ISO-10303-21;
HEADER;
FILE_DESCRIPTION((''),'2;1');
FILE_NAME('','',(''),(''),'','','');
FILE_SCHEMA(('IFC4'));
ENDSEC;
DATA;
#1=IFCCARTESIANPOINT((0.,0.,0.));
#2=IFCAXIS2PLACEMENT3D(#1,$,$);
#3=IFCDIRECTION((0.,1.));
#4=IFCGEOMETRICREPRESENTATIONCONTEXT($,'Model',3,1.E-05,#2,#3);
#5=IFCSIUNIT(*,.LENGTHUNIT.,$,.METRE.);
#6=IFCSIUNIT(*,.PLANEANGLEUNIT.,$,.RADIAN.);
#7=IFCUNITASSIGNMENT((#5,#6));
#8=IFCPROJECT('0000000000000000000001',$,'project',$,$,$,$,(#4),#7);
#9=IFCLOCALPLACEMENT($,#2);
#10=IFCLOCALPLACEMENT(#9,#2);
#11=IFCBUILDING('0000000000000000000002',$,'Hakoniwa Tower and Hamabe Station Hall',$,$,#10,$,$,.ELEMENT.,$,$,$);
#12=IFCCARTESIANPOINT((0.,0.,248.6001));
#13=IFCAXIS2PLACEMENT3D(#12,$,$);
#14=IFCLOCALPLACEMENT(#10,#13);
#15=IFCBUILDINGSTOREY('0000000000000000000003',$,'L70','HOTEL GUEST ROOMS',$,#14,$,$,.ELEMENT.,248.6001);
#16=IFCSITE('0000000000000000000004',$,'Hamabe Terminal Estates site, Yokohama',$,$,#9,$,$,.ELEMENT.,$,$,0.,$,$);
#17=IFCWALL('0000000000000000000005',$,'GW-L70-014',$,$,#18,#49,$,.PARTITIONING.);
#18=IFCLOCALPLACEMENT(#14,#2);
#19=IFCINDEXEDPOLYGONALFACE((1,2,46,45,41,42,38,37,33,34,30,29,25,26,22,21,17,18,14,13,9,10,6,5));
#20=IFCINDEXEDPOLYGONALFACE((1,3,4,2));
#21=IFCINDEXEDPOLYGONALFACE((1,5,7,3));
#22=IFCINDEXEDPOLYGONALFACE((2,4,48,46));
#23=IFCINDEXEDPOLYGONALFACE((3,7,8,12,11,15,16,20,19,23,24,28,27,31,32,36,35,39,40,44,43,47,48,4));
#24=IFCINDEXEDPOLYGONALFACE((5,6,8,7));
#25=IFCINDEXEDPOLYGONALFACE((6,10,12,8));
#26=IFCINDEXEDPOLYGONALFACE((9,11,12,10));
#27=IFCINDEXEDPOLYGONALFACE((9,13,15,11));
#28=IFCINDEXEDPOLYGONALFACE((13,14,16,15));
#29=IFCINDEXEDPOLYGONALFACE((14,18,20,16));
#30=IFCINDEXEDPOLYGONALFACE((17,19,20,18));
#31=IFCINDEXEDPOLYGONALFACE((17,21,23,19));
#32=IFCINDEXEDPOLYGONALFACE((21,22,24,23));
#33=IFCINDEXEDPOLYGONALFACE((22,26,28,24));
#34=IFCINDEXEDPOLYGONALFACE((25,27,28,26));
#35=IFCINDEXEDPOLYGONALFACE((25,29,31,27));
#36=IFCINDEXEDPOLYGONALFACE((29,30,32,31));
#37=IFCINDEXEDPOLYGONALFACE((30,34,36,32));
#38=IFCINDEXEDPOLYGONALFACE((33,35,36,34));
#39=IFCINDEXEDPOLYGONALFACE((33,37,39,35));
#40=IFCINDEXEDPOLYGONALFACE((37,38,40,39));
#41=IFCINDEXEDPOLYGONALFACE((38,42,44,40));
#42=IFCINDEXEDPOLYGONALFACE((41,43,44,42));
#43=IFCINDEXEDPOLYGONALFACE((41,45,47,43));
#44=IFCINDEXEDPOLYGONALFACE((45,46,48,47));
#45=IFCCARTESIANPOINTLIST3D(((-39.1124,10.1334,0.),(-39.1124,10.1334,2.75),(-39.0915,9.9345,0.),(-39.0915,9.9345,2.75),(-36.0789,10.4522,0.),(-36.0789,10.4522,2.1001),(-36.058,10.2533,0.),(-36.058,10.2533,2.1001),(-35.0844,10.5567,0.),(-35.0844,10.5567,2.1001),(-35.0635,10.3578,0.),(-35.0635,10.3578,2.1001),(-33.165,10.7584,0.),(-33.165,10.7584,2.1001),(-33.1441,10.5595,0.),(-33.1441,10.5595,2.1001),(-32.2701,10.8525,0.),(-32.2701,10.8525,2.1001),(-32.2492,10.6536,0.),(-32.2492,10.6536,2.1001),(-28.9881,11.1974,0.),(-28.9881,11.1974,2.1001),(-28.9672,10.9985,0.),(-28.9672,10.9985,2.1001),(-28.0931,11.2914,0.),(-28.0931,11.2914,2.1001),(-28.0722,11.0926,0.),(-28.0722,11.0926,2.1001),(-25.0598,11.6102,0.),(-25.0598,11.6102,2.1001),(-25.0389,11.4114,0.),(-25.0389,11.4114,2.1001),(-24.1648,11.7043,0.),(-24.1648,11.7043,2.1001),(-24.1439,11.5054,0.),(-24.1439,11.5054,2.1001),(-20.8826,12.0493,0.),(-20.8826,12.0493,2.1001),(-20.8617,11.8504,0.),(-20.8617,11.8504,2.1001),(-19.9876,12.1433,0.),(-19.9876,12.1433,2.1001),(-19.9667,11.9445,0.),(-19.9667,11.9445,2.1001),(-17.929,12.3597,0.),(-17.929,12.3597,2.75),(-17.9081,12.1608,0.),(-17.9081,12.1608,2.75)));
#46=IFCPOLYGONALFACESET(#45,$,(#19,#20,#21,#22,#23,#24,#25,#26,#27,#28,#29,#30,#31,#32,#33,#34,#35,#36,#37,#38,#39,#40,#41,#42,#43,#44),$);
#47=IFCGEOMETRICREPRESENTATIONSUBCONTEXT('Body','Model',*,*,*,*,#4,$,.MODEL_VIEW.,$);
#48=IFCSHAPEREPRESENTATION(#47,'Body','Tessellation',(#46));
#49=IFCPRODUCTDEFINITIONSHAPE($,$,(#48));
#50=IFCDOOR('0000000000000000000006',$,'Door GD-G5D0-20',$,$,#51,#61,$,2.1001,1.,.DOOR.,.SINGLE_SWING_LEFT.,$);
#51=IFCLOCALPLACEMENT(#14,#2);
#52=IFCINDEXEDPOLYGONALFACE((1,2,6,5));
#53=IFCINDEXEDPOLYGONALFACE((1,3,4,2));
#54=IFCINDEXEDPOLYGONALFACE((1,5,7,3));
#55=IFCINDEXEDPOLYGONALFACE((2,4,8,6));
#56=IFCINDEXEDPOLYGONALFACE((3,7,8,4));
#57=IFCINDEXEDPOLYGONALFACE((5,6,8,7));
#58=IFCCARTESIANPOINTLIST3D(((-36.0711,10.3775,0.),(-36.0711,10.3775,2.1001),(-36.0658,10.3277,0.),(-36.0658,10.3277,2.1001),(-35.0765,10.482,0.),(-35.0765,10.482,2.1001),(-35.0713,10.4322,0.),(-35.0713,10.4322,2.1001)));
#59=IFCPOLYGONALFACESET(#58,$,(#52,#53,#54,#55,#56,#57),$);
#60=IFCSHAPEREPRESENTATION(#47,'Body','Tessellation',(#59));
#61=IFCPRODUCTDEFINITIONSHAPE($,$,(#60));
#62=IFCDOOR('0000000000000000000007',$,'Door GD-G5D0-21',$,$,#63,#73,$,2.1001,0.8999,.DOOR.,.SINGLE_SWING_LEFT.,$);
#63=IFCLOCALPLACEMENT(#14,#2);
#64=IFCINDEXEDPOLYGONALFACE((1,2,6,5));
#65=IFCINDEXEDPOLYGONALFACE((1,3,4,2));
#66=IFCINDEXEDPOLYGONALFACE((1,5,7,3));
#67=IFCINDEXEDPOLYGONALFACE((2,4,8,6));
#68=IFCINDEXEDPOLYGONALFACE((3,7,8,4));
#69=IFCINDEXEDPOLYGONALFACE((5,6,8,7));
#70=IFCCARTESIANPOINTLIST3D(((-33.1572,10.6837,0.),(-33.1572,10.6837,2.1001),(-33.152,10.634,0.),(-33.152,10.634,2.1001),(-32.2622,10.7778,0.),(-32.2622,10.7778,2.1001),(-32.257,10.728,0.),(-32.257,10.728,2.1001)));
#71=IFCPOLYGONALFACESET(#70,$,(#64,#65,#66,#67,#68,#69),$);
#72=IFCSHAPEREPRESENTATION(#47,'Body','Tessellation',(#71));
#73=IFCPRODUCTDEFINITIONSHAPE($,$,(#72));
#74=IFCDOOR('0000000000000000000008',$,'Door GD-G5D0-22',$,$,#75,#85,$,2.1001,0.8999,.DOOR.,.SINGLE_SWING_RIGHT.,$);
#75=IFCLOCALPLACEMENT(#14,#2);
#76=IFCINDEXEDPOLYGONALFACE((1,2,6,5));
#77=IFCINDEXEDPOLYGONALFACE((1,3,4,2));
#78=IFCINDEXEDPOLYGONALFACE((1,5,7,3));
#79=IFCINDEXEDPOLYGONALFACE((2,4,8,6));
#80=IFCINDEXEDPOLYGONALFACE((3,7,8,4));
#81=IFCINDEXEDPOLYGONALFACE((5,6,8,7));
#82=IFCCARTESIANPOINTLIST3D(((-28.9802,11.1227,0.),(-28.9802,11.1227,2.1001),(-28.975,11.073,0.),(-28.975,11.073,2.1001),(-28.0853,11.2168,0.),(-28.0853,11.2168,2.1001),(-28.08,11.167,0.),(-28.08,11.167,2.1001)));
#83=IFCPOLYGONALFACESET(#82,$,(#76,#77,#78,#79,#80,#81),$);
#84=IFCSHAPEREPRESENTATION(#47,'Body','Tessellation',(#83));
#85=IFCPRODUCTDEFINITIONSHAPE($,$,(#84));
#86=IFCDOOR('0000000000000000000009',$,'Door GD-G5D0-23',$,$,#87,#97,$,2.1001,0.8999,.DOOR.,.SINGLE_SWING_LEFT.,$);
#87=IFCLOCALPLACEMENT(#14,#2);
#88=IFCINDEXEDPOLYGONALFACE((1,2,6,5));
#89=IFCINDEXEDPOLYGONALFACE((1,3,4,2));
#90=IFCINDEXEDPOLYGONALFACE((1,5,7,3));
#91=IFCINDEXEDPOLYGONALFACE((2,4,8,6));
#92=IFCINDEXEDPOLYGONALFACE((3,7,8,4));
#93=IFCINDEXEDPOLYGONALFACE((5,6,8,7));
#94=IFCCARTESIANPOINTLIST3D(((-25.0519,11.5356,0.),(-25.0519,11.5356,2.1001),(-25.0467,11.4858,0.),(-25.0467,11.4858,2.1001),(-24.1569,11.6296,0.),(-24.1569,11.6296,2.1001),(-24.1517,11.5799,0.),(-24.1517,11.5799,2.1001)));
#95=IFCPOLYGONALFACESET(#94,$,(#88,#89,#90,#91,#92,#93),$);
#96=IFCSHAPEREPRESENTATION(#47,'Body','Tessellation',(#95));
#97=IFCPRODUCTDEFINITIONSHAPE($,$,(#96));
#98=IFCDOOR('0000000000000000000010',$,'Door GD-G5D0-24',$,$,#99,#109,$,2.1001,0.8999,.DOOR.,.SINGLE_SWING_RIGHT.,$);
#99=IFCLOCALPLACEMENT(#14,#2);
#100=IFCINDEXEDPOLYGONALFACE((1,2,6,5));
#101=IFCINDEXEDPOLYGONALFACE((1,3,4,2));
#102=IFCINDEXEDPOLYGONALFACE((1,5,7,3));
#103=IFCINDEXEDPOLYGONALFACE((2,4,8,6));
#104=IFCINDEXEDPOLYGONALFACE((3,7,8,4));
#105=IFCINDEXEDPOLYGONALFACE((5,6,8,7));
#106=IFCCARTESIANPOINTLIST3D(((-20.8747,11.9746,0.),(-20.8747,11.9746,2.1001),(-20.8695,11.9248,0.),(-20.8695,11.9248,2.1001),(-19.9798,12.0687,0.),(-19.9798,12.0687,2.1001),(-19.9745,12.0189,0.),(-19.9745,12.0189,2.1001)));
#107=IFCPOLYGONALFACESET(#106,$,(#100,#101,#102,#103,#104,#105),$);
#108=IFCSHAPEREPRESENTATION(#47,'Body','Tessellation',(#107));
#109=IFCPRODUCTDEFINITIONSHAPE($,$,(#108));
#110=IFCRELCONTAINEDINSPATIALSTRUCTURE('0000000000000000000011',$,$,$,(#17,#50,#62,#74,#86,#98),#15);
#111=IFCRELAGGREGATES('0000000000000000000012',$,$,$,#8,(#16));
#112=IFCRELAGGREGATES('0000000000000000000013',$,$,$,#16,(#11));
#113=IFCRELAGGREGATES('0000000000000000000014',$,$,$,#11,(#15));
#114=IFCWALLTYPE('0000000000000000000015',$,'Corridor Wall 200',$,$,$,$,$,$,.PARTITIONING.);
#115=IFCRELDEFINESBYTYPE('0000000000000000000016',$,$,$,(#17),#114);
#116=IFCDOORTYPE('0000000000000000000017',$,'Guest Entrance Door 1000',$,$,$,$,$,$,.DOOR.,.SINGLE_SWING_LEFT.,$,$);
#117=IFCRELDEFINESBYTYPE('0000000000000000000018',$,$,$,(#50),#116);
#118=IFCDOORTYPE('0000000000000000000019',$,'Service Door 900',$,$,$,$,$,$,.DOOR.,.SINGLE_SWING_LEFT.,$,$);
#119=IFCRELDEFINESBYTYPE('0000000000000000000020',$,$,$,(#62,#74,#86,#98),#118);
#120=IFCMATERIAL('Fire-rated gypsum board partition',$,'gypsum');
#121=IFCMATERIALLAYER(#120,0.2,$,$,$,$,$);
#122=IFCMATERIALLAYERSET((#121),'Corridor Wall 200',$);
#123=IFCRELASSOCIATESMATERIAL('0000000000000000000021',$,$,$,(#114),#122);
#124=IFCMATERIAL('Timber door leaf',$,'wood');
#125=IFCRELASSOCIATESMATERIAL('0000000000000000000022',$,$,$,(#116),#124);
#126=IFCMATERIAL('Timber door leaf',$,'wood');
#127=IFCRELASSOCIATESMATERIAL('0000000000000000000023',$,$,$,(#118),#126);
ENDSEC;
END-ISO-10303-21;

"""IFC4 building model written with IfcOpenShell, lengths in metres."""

from ifc_helpers import new_model, si_unit, direction, frame, frame_2d, origin, place, context, subcontext, project, spatial, rectangle, extrude, material, layer, layer_set, type_object, element, fill, save


model = new_model("IFC4")

# Units and contexts
model_context = context("Model", 3, precision=1e-05, world=origin(), true_north=direction((0.0, 1.0)))
body_context = subcontext(model_context, "Body", "Model", "MODEL_VIEW")
ifc_project = project(units=[si_unit("LENGTHUNIT", "METRE"), si_unit("PLANEANGLEUNIT", "RADIAN")], contexts=[model_context])

# Site, building, storey
site_placement = place(None, origin())
site = spatial("IfcSite", under=ifc_project, at=site_placement, Name="Hamabe Terminal Estates site, Yokohama", CompositionType="ELEMENT", RefElevation=0.0)
building_placement = place(site_placement, origin())
building = spatial("IfcBuilding", under=site, at=building_placement, Name="Hakoniwa Tower and Hamabe Station Hall", CompositionType="ELEMENT")
storey_placement = place(building_placement, frame((0.0, 0.0, 248.6001)))
storey = spatial("IfcBuildingStorey", under=building, at=storey_placement, Name="L70", Description="HOTEL GUEST ROOMS", CompositionType="ELEMENT", Elevation=248.6001)

# Wall, openings, doors
ifc_material_1 = material(Name="Fire-rated gypsum board partition", Category="gypsum")
ifc_layer_1 = layer(ifc_material_1, 0.2)
ifc_layer_set_1 = layer_set([ifc_layer_1], Name="Corridor Wall 200")
wall_type_1 = type_object("IfcWallType", Name="Corridor Wall 200", PredefinedType="PARTITIONING", material=ifc_layer_set_1)
wall_1_placement = place(storey_placement, frame((-39.1018, 10.0339, 0.0), z_axis=(0.0, 0.0, 1.0), x_axis=(0.994523, 0.104522, 0.0)))
wall_1 = element("IfcWall", 1, at=wall_1_placement, inside=storey, type_object=wall_type_1, Name="GW-L70-014", PredefinedType="PARTITIONING", context=body_context, shape_type="SweptSolid", body=[
    extrude(rectangle(XDim=21.3, YDim=0.2, at=frame_2d((10.6499, 0.0))), origin(), (0.0, 0.0, 1.0), 2.75),
])
opening_1_placement = place(wall_1_placement, frame((3.05, 0.0, 0.0)))
opening_1 = element("IfcOpeningElement", 2, at=opening_1_placement, cuts=wall_1, PredefinedType="OPENING", context=body_context, shape_type="SweptSolid", body=[
    extrude(rectangle(XDim=1.0, YDim=2.1001, at=frame_2d((0.5, 1.05))), frame((0.0, 0.1099, 0.0), z_axis=(0.0, -1.0, 0.0), x_axis=(1.0, 0.0, 0.0)), (0.0, 0.0, 1.0), 0.22),
])
opening_2_placement = place(wall_1_placement, frame((5.98, 0.0, 0.0)))
opening_2 = element("IfcOpeningElement", 3, at=opening_2_placement, cuts=wall_1, PredefinedType="OPENING", context=body_context, shape_type="SweptSolid", body=[
    extrude(rectangle(XDim=0.8999, YDim=2.1001, at=frame_2d((0.45, 1.05))), frame((0.0, 0.1099, 0.0), z_axis=(0.0, -1.0, 0.0), x_axis=(1.0, 0.0, 0.0)), (0.0, 0.0, 1.0), 0.22),
])
opening_3_placement = place(wall_1_placement, frame((10.1799, 0.0, 0.0)))
opening_3 = element("IfcOpeningElement", 4, at=opening_3_placement, cuts=wall_1, PredefinedType="OPENING", context=body_context, shape_type="SweptSolid", body=[
    extrude(rectangle(XDim=0.8999, YDim=2.1001, at=frame_2d((0.45, 1.05))), frame((0.0, 0.1099, 0.0), z_axis=(0.0, -1.0, 0.0), x_axis=(1.0, 0.0, 0.0)), (0.0, 0.0, 1.0), 0.22),
])
opening_4_placement = place(wall_1_placement, frame((14.1299, 0.0, 0.0)))
opening_4 = element("IfcOpeningElement", 5, at=opening_4_placement, cuts=wall_1, PredefinedType="OPENING", context=body_context, shape_type="SweptSolid", body=[
    extrude(rectangle(XDim=0.8999, YDim=2.1001, at=frame_2d((0.45, 1.05))), frame((0.0, 0.1099, 0.0), z_axis=(0.0, -1.0, 0.0), x_axis=(1.0, 0.0, 0.0)), (0.0, 0.0, 1.0), 0.22),
])
opening_5_placement = place(wall_1_placement, frame((18.3301, 0.0, 0.0)))
opening_5 = element("IfcOpeningElement", 6, at=opening_5_placement, cuts=wall_1, PredefinedType="OPENING", context=body_context, shape_type="SweptSolid", body=[
    extrude(rectangle(XDim=0.8999, YDim=2.1001, at=frame_2d((0.45, 1.05))), frame((0.0, 0.1099, 0.0), z_axis=(0.0, -1.0, 0.0), x_axis=(1.0, 0.0, 0.0)), (0.0, 0.0, 1.0), 0.22),
])
ifc_material_2 = material(Name="Timber door leaf", Category="wood")
door_type_1 = type_object("IfcDoorType", Name="Guest Entrance Door 1000", OperationType="SINGLE_SWING_LEFT", PredefinedType="DOOR", material=ifc_material_2)
door_1_placement = place(opening_1_placement, origin())
door_1 = element("IfcDoor", 7, at=door_1_placement, inside=storey, type_object=door_type_1, Name="Door GD-G5D0-20", OperationType="SINGLE_SWING_LEFT", OverallHeight=2.1001, OverallWidth=1.0, PredefinedType="DOOR", context=body_context, shape_type="SweptSolid", body=[
    extrude(rectangle(XDim=1.0, YDim=2.1001, at=frame_2d((0.5, 1.05))), frame((0.0, 0.0249, 0.0), z_axis=(0.0, -1.0, 0.0), x_axis=(1.0, 0.0, 0.0)), (0.0, 0.0, 1.0), 0.05),
])
fill(opening_1, door_1)
ifc_material_3 = material(Name="Timber door leaf", Category="wood")
door_type_2 = type_object("IfcDoorType", Name="Service Door 900", OperationType="SINGLE_SWING_LEFT", PredefinedType="DOOR", material=ifc_material_3)
door_2_placement = place(opening_2_placement, origin())
door_2 = element("IfcDoor", 8, at=door_2_placement, inside=storey, type_object=door_type_2, Name="Door GD-G5D0-21", OperationType="SINGLE_SWING_LEFT", OverallHeight=2.1001, OverallWidth=0.8999, PredefinedType="DOOR", context=body_context, shape_type="SweptSolid", body=[
    extrude(rectangle(XDim=0.8999, YDim=2.1001, at=frame_2d((0.45, 1.05))), frame((0.0, 0.0249, 0.0), z_axis=(0.0, -1.0, 0.0), x_axis=(1.0, 0.0, 0.0)), (0.0, 0.0, 1.0), 0.05),
])
fill(opening_2, door_2)
door_3_placement = place(opening_3_placement, origin())
door_3 = element("IfcDoor", 9, at=door_3_placement, inside=storey, type_object=door_type_2, Name="Door GD-G5D0-22", OperationType="SINGLE_SWING_RIGHT", OverallHeight=2.1001, OverallWidth=0.8999, PredefinedType="DOOR", context=body_context, shape_type="SweptSolid", body=[
    extrude(rectangle(XDim=0.8999, YDim=2.1001, at=frame_2d((0.45, 1.05))), frame((0.0, 0.0249, 0.0), z_axis=(0.0, -1.0, 0.0), x_axis=(1.0, 0.0, 0.0)), (0.0, 0.0, 1.0), 0.05),
])
fill(opening_3, door_3)
door_4_placement = place(opening_4_placement, origin())
door_4 = element("IfcDoor", 10, at=door_4_placement, inside=storey, type_object=door_type_2, Name="Door GD-G5D0-23", OperationType="SINGLE_SWING_LEFT", OverallHeight=2.1001, OverallWidth=0.8999, PredefinedType="DOOR", context=body_context, shape_type="SweptSolid", body=[
    extrude(rectangle(XDim=0.8999, YDim=2.1001, at=frame_2d((0.45, 1.05))), frame((0.0, 0.0249, 0.0), z_axis=(0.0, -1.0, 0.0), x_axis=(1.0, 0.0, 0.0)), (0.0, 0.0, 1.0), 0.05),
])
fill(opening_4, door_4)
door_5_placement = place(opening_5_placement, origin())
door_5 = element("IfcDoor", 11, at=door_5_placement, inside=storey, type_object=door_type_2, Name="Door GD-G5D0-24", OperationType="SINGLE_SWING_RIGHT", OverallHeight=2.1001, OverallWidth=0.8999, PredefinedType="DOOR", context=body_context, shape_type="SweptSolid", body=[
    extrude(rectangle(XDim=0.8999, YDim=2.1001, at=frame_2d((0.45, 1.05))), frame((0.0, 0.0249, 0.0), z_axis=(0.0, -1.0, 0.0), x_axis=(1.0, 0.0, 0.0)), (0.0, 0.0, 1.0), 0.05),
])
fill(opening_5, door_5)

save(model, "model.ifc")
